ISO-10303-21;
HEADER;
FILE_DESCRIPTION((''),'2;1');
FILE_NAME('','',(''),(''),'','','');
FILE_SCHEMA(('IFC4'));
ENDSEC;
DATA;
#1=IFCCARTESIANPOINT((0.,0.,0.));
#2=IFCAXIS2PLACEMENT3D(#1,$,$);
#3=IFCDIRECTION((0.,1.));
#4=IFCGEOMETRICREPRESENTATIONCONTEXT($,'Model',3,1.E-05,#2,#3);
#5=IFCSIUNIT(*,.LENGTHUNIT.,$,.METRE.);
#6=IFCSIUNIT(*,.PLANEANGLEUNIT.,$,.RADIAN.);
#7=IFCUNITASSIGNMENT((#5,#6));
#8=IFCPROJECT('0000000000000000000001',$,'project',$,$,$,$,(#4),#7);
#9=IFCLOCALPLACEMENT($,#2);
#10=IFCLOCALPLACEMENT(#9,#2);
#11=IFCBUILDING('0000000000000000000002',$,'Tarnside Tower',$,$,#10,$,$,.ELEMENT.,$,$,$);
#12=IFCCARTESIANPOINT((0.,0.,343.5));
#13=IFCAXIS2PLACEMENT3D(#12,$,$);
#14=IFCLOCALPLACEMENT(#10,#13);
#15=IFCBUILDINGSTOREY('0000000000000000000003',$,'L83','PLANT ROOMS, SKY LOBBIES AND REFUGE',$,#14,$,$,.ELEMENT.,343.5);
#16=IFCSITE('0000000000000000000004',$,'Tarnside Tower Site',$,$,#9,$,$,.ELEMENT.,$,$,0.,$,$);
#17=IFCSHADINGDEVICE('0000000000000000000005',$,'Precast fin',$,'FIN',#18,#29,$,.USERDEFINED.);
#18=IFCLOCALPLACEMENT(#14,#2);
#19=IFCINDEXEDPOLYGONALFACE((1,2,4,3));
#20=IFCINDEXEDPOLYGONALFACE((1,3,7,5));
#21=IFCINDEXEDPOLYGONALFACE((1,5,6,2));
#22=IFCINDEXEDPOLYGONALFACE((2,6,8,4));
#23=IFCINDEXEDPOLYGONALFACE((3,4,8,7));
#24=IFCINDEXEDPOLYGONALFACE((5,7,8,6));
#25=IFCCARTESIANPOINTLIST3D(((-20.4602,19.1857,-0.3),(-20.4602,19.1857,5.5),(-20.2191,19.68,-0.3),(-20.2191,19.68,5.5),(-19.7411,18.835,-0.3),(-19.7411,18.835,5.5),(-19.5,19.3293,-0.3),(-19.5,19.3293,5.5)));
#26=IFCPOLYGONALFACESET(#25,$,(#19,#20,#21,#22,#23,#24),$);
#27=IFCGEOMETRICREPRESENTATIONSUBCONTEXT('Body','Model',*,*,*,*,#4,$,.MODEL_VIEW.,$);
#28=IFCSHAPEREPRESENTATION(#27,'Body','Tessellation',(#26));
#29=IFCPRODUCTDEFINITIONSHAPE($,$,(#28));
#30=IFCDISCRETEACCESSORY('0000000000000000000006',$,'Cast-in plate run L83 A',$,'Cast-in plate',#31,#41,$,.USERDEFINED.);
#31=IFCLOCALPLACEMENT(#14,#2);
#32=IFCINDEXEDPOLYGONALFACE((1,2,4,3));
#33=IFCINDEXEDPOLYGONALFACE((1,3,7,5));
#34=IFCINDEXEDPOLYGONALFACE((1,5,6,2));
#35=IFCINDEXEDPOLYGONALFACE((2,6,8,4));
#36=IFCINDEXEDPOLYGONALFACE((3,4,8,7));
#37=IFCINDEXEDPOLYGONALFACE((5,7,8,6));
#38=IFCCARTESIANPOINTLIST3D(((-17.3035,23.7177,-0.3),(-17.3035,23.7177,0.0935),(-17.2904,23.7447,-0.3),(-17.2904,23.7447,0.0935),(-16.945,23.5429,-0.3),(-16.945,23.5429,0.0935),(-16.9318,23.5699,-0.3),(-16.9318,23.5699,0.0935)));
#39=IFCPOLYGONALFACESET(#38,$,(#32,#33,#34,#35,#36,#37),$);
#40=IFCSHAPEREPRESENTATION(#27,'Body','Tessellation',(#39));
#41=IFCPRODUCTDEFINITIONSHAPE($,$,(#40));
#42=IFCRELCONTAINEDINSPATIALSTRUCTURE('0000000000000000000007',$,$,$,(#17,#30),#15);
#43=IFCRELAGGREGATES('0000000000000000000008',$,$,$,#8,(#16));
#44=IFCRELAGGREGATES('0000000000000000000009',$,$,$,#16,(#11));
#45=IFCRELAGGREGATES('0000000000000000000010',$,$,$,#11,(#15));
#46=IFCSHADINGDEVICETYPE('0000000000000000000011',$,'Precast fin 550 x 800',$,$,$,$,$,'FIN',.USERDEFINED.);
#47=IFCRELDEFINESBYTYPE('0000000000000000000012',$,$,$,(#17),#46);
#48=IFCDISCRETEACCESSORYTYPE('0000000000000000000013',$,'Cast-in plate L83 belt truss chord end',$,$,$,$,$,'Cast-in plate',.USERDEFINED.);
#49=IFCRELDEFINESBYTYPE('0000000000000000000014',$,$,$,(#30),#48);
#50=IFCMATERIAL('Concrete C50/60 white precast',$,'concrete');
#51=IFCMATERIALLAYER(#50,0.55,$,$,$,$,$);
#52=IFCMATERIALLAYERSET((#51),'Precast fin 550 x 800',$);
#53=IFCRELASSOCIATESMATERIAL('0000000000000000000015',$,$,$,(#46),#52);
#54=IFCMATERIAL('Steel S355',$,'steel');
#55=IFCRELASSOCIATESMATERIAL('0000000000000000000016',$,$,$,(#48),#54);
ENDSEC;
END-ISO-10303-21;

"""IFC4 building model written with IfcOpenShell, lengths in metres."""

from ifc_helpers import new_model, si_unit, direction, frame, origin, origin_2d, place, context, subcontext, project, spatial, polyline, rectangle, outline, extrude, material, layer, layer_set, type_object, element, save


model = new_model("IFC4")

# Units and contexts
model_context = context("Model", 3, precision=1e-05, world=origin(), true_north=direction((0.0, 1.0)))
body_context = subcontext(model_context, "Body", "Model", "MODEL_VIEW")
ifc_project = project(units=[si_unit("LENGTHUNIT", "METRE"), si_unit("PLANEANGLEUNIT", "RADIAN")], contexts=[model_context])

# Site, building, storey
site_placement = place(None, origin())
site = spatial("IfcSite", under=ifc_project, at=site_placement, Name="Tarnside Tower Site", CompositionType="ELEMENT", RefElevation=0.0)
building_placement = place(site_placement, origin())
building = spatial("IfcBuilding", under=site, at=building_placement, Name="Tarnside Tower", CompositionType="ELEMENT")
storey_placement = place(building_placement, frame((0.0, 0.0, 343.5)))
storey = spatial("IfcBuildingStorey", under=building, at=storey_placement, Name="L83", Description="PLANT ROOMS, SKY LOBBIES AND REFUGE", CompositionType="ELEMENT", Elevation=343.5)

# Shared definitions
ifc_material_1 = material(Name="Steel S355", Category="steel")

# Shading device
ifc_material_2 = material(Name="Concrete C50/60 white precast", Category="concrete")
ifc_layer_1 = layer(ifc_material_2, 0.55)
ifc_layer_set_1 = layer_set([ifc_layer_1], Name="Precast fin 550 x 800")
shading_device_type_1 = type_object("IfcShadingDeviceType", Name="Precast fin 550 x 800", ElementType="FIN", PredefinedType="USERDEFINED", material=ifc_layer_set_1)
for number, where, z_axis, x_axis, name in (
    (1, (-19.6206, 19.082, -0.3), (0.438371, 0.898794, 0.0), (-0.898794, 0.438371, 0.0), "Precast fin"),
):
    element("IfcShadingDevice", number, at=place(storey_placement, frame(where, z_axis=z_axis, x_axis=x_axis)), inside=storey, type_object=shading_device_type_1, Name=name, ObjectType="FIN", PredefinedType="USERDEFINED", context=body_context, shape_type="SweptSolid", body=[
        extrude(outline(polyline([(0.0, 0.0), (0.8, 0.0), (0.8, 5.8), (0.0, 5.8), (0.0, 0.0)])), frame((0.0, 0.0, -0.2749)), (0.0, 0.0, 1.0), 0.55),
    ])

# Discrete accessory
discrete_accessory_type = type_object("IfcDiscreteAccessoryType", Name="Cast-in plate L83 belt truss chord end", ElementType="Cast-in plate", PredefinedType="USERDEFINED", material=ifc_material_1)
discrete_accessory_placement = place(storey_placement, frame((-17.1177, 23.6438, -0.3), z_axis=(0.0, 0.0, 1.0), x_axis=(-0.438371, -0.898794, 0.0)))
element("IfcDiscreteAccessory", 2, at=discrete_accessory_placement, inside=storey, type_object=discrete_accessory_type, Name="Cast-in plate run L83 A", ObjectType="Cast-in plate", PredefinedType="USERDEFINED", context=body_context, shape_type="SweptSolid", body=[
    extrude(rectangle(XDim=0.03, YDim=0.3989, at=origin_2d()), origin(), (0.0, 0.0, 1.0), 0.3936),
])

save(model, "model.ifc")
